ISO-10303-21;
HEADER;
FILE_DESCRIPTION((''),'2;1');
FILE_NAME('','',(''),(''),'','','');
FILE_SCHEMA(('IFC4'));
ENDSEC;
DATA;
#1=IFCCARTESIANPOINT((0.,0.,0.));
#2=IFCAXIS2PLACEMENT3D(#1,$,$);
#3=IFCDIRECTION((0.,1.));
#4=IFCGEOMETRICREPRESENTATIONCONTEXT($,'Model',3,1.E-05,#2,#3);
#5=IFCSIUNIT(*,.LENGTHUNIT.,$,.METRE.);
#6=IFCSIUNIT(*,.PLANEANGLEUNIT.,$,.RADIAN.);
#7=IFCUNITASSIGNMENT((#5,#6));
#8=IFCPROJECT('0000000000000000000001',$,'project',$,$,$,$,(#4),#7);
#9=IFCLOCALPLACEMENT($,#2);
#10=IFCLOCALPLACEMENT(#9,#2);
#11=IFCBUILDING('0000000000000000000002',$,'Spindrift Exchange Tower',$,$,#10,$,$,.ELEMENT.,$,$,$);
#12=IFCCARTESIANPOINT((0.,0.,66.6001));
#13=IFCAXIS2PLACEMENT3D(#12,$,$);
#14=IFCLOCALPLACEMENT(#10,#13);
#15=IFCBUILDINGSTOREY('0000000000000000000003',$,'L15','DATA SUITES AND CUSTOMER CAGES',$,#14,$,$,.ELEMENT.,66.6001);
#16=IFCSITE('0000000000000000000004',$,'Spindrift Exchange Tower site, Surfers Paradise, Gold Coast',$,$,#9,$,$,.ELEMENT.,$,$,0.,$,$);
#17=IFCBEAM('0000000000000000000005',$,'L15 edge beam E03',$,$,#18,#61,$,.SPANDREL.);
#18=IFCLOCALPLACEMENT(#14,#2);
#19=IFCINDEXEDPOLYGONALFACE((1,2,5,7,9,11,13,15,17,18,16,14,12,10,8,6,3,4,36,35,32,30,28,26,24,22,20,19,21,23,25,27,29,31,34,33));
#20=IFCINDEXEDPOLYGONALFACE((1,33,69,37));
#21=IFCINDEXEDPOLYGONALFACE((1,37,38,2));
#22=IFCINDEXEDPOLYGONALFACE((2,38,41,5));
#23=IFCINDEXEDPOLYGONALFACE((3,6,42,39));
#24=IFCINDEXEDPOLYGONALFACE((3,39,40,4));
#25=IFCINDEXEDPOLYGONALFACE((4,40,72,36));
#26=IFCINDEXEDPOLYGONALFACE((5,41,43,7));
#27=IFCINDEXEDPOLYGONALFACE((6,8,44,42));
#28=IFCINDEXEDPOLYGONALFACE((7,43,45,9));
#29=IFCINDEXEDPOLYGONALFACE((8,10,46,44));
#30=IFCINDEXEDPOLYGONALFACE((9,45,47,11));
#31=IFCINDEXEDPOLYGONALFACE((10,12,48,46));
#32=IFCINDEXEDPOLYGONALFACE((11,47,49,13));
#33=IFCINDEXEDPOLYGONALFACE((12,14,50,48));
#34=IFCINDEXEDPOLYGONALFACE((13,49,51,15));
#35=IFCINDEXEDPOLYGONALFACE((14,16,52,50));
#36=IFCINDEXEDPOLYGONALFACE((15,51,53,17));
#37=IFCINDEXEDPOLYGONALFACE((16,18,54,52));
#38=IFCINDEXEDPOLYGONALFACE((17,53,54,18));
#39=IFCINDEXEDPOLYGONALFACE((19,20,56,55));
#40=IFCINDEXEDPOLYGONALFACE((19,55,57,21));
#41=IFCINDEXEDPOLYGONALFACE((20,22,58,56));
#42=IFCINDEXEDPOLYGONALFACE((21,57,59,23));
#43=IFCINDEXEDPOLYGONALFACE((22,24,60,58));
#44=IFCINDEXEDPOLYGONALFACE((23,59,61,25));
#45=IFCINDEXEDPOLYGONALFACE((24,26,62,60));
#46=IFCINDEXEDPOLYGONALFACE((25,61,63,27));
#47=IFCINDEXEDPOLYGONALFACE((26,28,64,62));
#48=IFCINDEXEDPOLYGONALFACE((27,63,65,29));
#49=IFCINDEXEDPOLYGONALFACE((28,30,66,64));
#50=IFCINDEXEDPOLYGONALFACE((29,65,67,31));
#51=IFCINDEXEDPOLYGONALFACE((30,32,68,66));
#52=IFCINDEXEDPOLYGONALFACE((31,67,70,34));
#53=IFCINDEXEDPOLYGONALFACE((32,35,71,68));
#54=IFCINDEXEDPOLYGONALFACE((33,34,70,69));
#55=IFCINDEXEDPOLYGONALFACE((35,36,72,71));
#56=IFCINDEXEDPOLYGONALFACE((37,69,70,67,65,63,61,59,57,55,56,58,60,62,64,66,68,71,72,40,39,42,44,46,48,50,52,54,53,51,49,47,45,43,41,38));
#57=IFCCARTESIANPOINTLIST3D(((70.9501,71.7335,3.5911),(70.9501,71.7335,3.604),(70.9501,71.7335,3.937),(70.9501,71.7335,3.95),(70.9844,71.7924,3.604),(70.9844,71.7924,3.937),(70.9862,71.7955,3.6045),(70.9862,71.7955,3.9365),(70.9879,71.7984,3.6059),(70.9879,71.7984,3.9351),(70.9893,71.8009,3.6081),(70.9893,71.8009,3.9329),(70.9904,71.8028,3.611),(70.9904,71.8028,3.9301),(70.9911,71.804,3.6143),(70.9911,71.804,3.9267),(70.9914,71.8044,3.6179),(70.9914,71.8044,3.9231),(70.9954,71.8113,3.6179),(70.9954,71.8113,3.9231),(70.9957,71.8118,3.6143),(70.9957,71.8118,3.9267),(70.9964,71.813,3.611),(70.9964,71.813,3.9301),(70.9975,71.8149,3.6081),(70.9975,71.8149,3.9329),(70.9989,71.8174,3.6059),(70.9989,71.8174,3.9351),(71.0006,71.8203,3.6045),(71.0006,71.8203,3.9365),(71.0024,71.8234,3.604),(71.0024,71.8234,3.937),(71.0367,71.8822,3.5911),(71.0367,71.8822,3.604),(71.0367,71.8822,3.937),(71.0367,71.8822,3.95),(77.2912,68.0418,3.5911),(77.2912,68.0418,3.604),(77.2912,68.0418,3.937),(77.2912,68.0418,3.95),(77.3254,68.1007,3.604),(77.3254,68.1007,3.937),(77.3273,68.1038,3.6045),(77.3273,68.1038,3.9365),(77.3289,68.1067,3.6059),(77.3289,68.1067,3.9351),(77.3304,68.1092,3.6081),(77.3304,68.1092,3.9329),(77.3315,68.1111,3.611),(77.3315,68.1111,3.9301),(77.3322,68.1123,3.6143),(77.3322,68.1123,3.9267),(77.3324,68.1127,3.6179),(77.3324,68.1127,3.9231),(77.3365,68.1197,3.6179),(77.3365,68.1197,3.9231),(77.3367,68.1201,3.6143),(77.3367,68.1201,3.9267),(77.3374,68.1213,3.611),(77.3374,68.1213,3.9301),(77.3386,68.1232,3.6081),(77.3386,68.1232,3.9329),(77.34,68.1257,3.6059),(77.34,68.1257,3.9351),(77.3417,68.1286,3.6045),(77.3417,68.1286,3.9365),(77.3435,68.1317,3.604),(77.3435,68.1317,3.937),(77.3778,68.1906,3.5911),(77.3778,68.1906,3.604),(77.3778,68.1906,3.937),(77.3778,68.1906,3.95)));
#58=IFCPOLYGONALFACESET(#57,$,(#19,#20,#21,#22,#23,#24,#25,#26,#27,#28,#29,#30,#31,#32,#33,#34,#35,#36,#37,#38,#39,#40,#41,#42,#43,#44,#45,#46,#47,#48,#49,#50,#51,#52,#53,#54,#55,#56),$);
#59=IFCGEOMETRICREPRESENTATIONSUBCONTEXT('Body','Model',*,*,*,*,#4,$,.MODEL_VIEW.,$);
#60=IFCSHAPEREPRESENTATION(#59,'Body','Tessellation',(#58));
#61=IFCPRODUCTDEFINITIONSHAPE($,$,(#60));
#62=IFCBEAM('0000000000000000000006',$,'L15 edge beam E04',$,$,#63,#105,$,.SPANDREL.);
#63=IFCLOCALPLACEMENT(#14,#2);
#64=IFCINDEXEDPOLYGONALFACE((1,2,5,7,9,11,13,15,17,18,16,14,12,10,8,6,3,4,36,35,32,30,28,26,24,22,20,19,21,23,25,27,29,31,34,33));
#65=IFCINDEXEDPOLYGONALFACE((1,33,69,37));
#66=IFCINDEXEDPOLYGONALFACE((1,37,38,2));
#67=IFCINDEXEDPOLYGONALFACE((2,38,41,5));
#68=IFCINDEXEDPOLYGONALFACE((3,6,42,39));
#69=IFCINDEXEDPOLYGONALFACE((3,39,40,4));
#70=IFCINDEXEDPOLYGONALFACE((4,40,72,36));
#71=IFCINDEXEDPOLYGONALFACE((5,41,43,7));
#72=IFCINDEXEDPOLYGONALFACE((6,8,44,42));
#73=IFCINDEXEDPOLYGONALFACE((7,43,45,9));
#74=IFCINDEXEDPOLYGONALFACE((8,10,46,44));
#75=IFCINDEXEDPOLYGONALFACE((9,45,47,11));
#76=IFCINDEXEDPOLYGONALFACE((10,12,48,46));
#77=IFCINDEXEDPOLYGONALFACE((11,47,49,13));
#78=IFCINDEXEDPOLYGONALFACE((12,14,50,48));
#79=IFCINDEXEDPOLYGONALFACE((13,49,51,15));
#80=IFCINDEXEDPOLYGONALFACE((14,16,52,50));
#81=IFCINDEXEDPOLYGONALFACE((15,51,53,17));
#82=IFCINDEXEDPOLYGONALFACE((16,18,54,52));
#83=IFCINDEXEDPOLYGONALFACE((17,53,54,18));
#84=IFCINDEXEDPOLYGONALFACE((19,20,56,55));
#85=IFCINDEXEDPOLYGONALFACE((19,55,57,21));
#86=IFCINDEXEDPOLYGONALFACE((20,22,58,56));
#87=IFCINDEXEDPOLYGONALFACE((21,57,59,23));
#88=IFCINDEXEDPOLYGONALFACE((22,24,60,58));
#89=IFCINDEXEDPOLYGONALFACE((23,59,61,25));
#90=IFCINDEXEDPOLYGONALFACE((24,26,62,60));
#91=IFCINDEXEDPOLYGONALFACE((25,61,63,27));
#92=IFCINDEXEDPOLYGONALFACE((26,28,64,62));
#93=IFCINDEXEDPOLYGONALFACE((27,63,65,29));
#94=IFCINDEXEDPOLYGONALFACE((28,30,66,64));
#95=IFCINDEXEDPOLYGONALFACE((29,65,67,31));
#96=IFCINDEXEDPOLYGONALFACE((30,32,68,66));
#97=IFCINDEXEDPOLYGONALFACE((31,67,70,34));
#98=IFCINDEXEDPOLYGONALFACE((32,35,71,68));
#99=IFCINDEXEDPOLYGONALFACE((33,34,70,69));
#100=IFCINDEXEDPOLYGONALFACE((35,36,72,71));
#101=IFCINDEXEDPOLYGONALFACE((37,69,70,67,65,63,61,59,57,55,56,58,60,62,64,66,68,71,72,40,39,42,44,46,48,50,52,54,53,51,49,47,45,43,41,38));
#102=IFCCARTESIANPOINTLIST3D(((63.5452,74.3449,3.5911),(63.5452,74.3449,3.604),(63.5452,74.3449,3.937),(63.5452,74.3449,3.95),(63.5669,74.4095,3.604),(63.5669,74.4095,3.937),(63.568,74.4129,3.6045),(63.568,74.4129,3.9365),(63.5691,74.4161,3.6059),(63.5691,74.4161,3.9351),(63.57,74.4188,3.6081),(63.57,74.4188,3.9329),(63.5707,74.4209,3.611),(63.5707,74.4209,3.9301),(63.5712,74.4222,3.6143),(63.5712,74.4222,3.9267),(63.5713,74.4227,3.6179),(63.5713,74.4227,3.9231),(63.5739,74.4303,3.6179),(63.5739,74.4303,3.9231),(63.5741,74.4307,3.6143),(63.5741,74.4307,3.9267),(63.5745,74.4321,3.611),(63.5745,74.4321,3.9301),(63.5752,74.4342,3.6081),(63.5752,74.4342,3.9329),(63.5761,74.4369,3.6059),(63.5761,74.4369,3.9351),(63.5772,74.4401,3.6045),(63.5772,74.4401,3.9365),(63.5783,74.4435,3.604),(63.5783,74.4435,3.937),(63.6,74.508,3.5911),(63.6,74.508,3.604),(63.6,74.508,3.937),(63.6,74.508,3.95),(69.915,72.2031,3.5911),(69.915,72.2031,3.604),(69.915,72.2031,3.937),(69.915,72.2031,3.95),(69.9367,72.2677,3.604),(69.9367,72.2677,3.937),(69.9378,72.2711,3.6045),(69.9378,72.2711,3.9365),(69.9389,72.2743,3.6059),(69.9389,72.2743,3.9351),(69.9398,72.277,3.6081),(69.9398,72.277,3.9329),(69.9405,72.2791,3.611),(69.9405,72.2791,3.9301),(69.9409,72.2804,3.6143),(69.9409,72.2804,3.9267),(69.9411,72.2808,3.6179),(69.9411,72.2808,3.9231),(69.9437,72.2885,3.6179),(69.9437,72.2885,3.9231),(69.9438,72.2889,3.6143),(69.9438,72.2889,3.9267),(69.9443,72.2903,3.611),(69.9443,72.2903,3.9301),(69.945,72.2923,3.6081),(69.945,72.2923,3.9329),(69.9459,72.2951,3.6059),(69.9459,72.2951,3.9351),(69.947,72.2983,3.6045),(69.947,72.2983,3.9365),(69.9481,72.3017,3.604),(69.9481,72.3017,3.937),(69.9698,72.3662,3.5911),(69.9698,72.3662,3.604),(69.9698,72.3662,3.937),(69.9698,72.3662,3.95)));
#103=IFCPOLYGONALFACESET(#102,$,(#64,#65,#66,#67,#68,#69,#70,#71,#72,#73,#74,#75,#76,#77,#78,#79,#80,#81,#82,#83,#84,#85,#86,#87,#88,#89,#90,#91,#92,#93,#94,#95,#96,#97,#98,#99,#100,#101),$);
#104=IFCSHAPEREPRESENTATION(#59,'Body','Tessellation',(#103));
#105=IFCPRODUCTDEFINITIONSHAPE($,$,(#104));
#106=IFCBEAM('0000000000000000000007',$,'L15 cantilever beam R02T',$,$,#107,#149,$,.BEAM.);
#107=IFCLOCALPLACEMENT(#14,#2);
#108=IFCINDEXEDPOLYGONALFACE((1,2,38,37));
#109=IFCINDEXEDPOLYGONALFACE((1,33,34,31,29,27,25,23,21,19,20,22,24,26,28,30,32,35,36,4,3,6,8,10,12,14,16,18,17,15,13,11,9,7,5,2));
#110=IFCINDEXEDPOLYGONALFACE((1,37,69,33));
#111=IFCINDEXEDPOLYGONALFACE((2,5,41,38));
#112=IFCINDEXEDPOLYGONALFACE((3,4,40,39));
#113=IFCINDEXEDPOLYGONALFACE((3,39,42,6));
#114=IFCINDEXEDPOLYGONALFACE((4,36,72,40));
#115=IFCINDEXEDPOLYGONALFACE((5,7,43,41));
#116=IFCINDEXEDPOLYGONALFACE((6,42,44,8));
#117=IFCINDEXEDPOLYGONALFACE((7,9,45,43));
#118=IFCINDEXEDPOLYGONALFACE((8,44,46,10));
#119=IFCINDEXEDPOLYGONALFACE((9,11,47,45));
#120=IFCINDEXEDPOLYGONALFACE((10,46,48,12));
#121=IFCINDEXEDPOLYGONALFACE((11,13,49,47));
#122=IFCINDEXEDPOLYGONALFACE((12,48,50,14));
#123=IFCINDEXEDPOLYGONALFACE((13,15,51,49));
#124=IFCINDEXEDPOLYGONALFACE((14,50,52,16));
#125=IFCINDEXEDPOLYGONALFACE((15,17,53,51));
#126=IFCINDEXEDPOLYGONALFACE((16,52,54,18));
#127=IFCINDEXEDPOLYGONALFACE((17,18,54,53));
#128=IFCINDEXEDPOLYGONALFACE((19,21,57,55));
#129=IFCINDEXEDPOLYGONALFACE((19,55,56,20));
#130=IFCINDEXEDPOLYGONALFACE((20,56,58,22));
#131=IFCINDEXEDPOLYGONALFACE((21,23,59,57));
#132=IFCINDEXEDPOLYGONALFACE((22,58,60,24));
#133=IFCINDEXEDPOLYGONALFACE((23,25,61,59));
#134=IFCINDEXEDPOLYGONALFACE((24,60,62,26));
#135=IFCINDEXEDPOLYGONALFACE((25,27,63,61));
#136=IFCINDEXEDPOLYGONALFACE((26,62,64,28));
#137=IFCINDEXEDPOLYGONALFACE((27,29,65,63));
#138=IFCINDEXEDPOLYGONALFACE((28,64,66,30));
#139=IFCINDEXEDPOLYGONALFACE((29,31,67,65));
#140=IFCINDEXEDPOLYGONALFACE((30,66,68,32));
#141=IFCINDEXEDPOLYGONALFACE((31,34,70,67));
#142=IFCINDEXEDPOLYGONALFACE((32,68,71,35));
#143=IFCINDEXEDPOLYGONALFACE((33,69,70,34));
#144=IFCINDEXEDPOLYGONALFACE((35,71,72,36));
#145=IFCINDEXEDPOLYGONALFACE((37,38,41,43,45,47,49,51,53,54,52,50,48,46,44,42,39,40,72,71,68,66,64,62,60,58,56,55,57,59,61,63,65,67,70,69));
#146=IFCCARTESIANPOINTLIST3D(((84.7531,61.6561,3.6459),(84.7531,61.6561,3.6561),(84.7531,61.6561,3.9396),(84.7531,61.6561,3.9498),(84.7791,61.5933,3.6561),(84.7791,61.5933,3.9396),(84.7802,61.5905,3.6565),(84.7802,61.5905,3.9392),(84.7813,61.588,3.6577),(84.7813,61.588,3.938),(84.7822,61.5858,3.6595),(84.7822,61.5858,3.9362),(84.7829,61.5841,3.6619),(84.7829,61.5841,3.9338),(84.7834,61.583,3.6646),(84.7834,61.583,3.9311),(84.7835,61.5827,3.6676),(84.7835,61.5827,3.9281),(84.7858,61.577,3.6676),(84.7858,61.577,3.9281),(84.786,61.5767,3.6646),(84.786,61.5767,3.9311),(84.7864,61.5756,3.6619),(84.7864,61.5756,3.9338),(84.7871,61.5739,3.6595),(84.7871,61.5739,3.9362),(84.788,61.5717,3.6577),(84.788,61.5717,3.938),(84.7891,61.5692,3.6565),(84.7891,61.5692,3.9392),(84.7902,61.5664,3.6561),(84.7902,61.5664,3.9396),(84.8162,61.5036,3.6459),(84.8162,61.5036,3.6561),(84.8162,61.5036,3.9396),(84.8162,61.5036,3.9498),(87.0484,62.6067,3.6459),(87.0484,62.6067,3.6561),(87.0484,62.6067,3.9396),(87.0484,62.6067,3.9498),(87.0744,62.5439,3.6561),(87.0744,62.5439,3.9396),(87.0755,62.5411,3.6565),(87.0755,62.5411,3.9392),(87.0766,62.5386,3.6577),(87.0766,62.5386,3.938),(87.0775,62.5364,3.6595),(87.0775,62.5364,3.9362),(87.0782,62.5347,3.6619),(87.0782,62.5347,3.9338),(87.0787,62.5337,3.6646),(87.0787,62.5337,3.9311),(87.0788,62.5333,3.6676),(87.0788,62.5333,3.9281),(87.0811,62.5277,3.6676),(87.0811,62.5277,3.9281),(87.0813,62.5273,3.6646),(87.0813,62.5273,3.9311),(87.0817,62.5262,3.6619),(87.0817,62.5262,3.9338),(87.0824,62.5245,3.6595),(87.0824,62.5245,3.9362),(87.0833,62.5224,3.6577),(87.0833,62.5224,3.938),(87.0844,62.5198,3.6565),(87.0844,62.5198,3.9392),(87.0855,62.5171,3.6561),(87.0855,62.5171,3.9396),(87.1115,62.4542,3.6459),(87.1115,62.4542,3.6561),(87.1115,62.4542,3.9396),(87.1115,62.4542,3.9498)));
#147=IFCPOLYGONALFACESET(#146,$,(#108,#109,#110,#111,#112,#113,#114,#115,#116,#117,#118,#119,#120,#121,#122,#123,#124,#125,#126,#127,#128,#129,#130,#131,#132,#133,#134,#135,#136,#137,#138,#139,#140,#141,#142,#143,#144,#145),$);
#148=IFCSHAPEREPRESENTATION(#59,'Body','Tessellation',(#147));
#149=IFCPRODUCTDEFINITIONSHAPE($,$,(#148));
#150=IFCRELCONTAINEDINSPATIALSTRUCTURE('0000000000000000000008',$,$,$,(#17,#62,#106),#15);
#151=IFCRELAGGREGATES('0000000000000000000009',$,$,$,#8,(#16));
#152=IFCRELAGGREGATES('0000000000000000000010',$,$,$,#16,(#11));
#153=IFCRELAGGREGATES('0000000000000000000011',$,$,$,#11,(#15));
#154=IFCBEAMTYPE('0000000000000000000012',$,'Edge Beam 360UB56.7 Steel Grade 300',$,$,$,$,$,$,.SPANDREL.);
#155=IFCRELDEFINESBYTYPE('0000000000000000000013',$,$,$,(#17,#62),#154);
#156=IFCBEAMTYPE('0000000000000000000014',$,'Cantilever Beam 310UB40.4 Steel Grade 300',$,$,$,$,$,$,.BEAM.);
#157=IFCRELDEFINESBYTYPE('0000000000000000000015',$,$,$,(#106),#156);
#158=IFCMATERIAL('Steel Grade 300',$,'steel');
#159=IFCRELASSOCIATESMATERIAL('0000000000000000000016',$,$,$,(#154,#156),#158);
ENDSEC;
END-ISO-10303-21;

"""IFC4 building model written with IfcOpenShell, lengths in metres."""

from ifc_helpers import new_model, si_unit, direction, frame, origin, origin_2d, place, context, subcontext, project, spatial, i_section, extrude, source, transform, mapped, material, material_profile, profile_set, type_object, element, save


model = new_model("IFC4")

# Units and contexts
model_context = context("Model", 3, precision=1e-05, world=origin(), true_north=direction((0.0, 1.0)))
body_context = subcontext(model_context, "Body", "Model", "MODEL_VIEW")
ifc_project = project(units=[si_unit("LENGTHUNIT", "METRE"), si_unit("PLANEANGLEUNIT", "RADIAN")], contexts=[model_context])

# Site, building, storey
site_placement = place(None, origin())
site = spatial("IfcSite", under=ifc_project, at=site_placement, Name="Spindrift Exchange Tower site, Surfers Paradise, Gold Coast", CompositionType="ELEMENT", RefElevation=0.0)
building_placement = place(site_placement, origin())
building = spatial("IfcBuilding", under=site, at=building_placement, Name="Spindrift Exchange Tower", CompositionType="ELEMENT")
storey_placement = place(building_placement, frame((0.0, 0.0, 66.6001)))
storey = spatial("IfcBuildingStorey", under=building, at=storey_placement, Name="L15", Description="DATA SUITES AND CUSTOMER CAGES", CompositionType="ELEMENT", Elevation=66.6001)

# Beams
ifc_material_1 = material(Name="Steel Grade 300", Category="steel")
ifc_material_profile_1 = material_profile(ifc_material_1, i_section(OverallWidth=0.1721, OverallDepth=0.3589, WebThickness=0.0081, FlangeThickness=0.0129, FilletRadius=0.0139, at=origin_2d()), Name="360UB56.7")
ifc_profile_set_1 = profile_set([ifc_material_profile_1], Name="Steel Grade 300")
beam_type_1 = type_object("IfcBeamType", Name="Edge Beam 360UB56.7 Steel Grade 300", PredefinedType="SPANDREL", material=ifc_profile_set_1)
shared_shape_1 = source(origin(), body_context, "Body", "SweptSolid", [
    extrude(i_section(OverallWidth=0.1721, OverallDepth=0.3589, WebThickness=0.0081, FlangeThickness=0.0129, FilletRadius=0.0139, at=origin_2d()), origin(), (0.0, 0.0, 1.0), 7.3374),
])
beam_1_placement = place(storey_placement, frame((77.3345, 68.1162, 3.7705), z_axis=(-0.864212, 0.503128, 0.0), x_axis=(-0.503128, -0.864212, 0.0)))
element("IfcBeam", 1, at=beam_1_placement, inside=storey, type_object=beam_type_1, Name="L15 edge beam E03", PredefinedType="SPANDREL", context=body_context, shape_type="MappedRepresentation", body=[
    mapped(shared_shape_1, transform((0.0, 0.0, 0.0), scale=1.0)),
])
shared_shape_2 = source(origin(), body_context, "Body", "SweptSolid", [
    extrude(i_section(OverallWidth=0.1721, OverallDepth=0.3589, WebThickness=0.0081, FlangeThickness=0.0129, FilletRadius=0.0139, at=origin_2d()), origin(), (0.0, 0.0, 1.0), 6.7202),
])
beam_2_placement = place(storey_placement, frame((69.9424, 72.2847, 3.7705), z_axis=(-0.947852, 0.318712, 0.0), x_axis=(-0.318712, -0.947852, 0.0)))
element("IfcBeam", 2, at=beam_2_placement, inside=storey, type_object=beam_type_1, Name="L15 edge beam E04", PredefinedType="SPANDREL", context=body_context, shape_type="MappedRepresentation", body=[
    mapped(shared_shape_2, transform((0.0, 0.0, 0.0), scale=1.0)),
])
ifc_material_profile_2 = material_profile(ifc_material_1, i_section(OverallWidth=0.165, OverallDepth=0.304, WebThickness=0.0061, FlangeThickness=0.0103, FilletRadius=0.0115, at=origin_2d()), Name="310UB40.4")
ifc_profile_set_2 = profile_set([ifc_material_profile_2], Name="Steel Grade 300")
beam_type_2 = type_object("IfcBeamType", Name="Cantilever Beam 310UB40.4 Steel Grade 300", PredefinedType="BEAM", material=ifc_profile_set_2)
shared_shape_3 = source(origin(), body_context, "Body", "SweptSolid", [
    extrude(i_section(OverallWidth=0.165, OverallDepth=0.304, WebThickness=0.0061, FlangeThickness=0.0103, FilletRadius=0.0115, at=origin_2d()), origin(), (0.0, 0.0, 1.0), 2.4844),
])
beam_3_placement = place(storey_placement, frame((84.7847, 61.5798, 3.7979), z_axis=(0.923895, 0.382647, 0.0), x_axis=(-0.382647, 0.923895, 0.0)))
element("IfcBeam", 3, at=beam_3_placement, inside=storey, type_object=beam_type_2, Name="L15 cantilever beam R02T", PredefinedType="BEAM", context=body_context, shape_type="MappedRepresentation", body=[
    mapped(shared_shape_3, transform((0.0, 0.0, 0.0), scale=1.0)),
])

save(model, "model.ifc")
